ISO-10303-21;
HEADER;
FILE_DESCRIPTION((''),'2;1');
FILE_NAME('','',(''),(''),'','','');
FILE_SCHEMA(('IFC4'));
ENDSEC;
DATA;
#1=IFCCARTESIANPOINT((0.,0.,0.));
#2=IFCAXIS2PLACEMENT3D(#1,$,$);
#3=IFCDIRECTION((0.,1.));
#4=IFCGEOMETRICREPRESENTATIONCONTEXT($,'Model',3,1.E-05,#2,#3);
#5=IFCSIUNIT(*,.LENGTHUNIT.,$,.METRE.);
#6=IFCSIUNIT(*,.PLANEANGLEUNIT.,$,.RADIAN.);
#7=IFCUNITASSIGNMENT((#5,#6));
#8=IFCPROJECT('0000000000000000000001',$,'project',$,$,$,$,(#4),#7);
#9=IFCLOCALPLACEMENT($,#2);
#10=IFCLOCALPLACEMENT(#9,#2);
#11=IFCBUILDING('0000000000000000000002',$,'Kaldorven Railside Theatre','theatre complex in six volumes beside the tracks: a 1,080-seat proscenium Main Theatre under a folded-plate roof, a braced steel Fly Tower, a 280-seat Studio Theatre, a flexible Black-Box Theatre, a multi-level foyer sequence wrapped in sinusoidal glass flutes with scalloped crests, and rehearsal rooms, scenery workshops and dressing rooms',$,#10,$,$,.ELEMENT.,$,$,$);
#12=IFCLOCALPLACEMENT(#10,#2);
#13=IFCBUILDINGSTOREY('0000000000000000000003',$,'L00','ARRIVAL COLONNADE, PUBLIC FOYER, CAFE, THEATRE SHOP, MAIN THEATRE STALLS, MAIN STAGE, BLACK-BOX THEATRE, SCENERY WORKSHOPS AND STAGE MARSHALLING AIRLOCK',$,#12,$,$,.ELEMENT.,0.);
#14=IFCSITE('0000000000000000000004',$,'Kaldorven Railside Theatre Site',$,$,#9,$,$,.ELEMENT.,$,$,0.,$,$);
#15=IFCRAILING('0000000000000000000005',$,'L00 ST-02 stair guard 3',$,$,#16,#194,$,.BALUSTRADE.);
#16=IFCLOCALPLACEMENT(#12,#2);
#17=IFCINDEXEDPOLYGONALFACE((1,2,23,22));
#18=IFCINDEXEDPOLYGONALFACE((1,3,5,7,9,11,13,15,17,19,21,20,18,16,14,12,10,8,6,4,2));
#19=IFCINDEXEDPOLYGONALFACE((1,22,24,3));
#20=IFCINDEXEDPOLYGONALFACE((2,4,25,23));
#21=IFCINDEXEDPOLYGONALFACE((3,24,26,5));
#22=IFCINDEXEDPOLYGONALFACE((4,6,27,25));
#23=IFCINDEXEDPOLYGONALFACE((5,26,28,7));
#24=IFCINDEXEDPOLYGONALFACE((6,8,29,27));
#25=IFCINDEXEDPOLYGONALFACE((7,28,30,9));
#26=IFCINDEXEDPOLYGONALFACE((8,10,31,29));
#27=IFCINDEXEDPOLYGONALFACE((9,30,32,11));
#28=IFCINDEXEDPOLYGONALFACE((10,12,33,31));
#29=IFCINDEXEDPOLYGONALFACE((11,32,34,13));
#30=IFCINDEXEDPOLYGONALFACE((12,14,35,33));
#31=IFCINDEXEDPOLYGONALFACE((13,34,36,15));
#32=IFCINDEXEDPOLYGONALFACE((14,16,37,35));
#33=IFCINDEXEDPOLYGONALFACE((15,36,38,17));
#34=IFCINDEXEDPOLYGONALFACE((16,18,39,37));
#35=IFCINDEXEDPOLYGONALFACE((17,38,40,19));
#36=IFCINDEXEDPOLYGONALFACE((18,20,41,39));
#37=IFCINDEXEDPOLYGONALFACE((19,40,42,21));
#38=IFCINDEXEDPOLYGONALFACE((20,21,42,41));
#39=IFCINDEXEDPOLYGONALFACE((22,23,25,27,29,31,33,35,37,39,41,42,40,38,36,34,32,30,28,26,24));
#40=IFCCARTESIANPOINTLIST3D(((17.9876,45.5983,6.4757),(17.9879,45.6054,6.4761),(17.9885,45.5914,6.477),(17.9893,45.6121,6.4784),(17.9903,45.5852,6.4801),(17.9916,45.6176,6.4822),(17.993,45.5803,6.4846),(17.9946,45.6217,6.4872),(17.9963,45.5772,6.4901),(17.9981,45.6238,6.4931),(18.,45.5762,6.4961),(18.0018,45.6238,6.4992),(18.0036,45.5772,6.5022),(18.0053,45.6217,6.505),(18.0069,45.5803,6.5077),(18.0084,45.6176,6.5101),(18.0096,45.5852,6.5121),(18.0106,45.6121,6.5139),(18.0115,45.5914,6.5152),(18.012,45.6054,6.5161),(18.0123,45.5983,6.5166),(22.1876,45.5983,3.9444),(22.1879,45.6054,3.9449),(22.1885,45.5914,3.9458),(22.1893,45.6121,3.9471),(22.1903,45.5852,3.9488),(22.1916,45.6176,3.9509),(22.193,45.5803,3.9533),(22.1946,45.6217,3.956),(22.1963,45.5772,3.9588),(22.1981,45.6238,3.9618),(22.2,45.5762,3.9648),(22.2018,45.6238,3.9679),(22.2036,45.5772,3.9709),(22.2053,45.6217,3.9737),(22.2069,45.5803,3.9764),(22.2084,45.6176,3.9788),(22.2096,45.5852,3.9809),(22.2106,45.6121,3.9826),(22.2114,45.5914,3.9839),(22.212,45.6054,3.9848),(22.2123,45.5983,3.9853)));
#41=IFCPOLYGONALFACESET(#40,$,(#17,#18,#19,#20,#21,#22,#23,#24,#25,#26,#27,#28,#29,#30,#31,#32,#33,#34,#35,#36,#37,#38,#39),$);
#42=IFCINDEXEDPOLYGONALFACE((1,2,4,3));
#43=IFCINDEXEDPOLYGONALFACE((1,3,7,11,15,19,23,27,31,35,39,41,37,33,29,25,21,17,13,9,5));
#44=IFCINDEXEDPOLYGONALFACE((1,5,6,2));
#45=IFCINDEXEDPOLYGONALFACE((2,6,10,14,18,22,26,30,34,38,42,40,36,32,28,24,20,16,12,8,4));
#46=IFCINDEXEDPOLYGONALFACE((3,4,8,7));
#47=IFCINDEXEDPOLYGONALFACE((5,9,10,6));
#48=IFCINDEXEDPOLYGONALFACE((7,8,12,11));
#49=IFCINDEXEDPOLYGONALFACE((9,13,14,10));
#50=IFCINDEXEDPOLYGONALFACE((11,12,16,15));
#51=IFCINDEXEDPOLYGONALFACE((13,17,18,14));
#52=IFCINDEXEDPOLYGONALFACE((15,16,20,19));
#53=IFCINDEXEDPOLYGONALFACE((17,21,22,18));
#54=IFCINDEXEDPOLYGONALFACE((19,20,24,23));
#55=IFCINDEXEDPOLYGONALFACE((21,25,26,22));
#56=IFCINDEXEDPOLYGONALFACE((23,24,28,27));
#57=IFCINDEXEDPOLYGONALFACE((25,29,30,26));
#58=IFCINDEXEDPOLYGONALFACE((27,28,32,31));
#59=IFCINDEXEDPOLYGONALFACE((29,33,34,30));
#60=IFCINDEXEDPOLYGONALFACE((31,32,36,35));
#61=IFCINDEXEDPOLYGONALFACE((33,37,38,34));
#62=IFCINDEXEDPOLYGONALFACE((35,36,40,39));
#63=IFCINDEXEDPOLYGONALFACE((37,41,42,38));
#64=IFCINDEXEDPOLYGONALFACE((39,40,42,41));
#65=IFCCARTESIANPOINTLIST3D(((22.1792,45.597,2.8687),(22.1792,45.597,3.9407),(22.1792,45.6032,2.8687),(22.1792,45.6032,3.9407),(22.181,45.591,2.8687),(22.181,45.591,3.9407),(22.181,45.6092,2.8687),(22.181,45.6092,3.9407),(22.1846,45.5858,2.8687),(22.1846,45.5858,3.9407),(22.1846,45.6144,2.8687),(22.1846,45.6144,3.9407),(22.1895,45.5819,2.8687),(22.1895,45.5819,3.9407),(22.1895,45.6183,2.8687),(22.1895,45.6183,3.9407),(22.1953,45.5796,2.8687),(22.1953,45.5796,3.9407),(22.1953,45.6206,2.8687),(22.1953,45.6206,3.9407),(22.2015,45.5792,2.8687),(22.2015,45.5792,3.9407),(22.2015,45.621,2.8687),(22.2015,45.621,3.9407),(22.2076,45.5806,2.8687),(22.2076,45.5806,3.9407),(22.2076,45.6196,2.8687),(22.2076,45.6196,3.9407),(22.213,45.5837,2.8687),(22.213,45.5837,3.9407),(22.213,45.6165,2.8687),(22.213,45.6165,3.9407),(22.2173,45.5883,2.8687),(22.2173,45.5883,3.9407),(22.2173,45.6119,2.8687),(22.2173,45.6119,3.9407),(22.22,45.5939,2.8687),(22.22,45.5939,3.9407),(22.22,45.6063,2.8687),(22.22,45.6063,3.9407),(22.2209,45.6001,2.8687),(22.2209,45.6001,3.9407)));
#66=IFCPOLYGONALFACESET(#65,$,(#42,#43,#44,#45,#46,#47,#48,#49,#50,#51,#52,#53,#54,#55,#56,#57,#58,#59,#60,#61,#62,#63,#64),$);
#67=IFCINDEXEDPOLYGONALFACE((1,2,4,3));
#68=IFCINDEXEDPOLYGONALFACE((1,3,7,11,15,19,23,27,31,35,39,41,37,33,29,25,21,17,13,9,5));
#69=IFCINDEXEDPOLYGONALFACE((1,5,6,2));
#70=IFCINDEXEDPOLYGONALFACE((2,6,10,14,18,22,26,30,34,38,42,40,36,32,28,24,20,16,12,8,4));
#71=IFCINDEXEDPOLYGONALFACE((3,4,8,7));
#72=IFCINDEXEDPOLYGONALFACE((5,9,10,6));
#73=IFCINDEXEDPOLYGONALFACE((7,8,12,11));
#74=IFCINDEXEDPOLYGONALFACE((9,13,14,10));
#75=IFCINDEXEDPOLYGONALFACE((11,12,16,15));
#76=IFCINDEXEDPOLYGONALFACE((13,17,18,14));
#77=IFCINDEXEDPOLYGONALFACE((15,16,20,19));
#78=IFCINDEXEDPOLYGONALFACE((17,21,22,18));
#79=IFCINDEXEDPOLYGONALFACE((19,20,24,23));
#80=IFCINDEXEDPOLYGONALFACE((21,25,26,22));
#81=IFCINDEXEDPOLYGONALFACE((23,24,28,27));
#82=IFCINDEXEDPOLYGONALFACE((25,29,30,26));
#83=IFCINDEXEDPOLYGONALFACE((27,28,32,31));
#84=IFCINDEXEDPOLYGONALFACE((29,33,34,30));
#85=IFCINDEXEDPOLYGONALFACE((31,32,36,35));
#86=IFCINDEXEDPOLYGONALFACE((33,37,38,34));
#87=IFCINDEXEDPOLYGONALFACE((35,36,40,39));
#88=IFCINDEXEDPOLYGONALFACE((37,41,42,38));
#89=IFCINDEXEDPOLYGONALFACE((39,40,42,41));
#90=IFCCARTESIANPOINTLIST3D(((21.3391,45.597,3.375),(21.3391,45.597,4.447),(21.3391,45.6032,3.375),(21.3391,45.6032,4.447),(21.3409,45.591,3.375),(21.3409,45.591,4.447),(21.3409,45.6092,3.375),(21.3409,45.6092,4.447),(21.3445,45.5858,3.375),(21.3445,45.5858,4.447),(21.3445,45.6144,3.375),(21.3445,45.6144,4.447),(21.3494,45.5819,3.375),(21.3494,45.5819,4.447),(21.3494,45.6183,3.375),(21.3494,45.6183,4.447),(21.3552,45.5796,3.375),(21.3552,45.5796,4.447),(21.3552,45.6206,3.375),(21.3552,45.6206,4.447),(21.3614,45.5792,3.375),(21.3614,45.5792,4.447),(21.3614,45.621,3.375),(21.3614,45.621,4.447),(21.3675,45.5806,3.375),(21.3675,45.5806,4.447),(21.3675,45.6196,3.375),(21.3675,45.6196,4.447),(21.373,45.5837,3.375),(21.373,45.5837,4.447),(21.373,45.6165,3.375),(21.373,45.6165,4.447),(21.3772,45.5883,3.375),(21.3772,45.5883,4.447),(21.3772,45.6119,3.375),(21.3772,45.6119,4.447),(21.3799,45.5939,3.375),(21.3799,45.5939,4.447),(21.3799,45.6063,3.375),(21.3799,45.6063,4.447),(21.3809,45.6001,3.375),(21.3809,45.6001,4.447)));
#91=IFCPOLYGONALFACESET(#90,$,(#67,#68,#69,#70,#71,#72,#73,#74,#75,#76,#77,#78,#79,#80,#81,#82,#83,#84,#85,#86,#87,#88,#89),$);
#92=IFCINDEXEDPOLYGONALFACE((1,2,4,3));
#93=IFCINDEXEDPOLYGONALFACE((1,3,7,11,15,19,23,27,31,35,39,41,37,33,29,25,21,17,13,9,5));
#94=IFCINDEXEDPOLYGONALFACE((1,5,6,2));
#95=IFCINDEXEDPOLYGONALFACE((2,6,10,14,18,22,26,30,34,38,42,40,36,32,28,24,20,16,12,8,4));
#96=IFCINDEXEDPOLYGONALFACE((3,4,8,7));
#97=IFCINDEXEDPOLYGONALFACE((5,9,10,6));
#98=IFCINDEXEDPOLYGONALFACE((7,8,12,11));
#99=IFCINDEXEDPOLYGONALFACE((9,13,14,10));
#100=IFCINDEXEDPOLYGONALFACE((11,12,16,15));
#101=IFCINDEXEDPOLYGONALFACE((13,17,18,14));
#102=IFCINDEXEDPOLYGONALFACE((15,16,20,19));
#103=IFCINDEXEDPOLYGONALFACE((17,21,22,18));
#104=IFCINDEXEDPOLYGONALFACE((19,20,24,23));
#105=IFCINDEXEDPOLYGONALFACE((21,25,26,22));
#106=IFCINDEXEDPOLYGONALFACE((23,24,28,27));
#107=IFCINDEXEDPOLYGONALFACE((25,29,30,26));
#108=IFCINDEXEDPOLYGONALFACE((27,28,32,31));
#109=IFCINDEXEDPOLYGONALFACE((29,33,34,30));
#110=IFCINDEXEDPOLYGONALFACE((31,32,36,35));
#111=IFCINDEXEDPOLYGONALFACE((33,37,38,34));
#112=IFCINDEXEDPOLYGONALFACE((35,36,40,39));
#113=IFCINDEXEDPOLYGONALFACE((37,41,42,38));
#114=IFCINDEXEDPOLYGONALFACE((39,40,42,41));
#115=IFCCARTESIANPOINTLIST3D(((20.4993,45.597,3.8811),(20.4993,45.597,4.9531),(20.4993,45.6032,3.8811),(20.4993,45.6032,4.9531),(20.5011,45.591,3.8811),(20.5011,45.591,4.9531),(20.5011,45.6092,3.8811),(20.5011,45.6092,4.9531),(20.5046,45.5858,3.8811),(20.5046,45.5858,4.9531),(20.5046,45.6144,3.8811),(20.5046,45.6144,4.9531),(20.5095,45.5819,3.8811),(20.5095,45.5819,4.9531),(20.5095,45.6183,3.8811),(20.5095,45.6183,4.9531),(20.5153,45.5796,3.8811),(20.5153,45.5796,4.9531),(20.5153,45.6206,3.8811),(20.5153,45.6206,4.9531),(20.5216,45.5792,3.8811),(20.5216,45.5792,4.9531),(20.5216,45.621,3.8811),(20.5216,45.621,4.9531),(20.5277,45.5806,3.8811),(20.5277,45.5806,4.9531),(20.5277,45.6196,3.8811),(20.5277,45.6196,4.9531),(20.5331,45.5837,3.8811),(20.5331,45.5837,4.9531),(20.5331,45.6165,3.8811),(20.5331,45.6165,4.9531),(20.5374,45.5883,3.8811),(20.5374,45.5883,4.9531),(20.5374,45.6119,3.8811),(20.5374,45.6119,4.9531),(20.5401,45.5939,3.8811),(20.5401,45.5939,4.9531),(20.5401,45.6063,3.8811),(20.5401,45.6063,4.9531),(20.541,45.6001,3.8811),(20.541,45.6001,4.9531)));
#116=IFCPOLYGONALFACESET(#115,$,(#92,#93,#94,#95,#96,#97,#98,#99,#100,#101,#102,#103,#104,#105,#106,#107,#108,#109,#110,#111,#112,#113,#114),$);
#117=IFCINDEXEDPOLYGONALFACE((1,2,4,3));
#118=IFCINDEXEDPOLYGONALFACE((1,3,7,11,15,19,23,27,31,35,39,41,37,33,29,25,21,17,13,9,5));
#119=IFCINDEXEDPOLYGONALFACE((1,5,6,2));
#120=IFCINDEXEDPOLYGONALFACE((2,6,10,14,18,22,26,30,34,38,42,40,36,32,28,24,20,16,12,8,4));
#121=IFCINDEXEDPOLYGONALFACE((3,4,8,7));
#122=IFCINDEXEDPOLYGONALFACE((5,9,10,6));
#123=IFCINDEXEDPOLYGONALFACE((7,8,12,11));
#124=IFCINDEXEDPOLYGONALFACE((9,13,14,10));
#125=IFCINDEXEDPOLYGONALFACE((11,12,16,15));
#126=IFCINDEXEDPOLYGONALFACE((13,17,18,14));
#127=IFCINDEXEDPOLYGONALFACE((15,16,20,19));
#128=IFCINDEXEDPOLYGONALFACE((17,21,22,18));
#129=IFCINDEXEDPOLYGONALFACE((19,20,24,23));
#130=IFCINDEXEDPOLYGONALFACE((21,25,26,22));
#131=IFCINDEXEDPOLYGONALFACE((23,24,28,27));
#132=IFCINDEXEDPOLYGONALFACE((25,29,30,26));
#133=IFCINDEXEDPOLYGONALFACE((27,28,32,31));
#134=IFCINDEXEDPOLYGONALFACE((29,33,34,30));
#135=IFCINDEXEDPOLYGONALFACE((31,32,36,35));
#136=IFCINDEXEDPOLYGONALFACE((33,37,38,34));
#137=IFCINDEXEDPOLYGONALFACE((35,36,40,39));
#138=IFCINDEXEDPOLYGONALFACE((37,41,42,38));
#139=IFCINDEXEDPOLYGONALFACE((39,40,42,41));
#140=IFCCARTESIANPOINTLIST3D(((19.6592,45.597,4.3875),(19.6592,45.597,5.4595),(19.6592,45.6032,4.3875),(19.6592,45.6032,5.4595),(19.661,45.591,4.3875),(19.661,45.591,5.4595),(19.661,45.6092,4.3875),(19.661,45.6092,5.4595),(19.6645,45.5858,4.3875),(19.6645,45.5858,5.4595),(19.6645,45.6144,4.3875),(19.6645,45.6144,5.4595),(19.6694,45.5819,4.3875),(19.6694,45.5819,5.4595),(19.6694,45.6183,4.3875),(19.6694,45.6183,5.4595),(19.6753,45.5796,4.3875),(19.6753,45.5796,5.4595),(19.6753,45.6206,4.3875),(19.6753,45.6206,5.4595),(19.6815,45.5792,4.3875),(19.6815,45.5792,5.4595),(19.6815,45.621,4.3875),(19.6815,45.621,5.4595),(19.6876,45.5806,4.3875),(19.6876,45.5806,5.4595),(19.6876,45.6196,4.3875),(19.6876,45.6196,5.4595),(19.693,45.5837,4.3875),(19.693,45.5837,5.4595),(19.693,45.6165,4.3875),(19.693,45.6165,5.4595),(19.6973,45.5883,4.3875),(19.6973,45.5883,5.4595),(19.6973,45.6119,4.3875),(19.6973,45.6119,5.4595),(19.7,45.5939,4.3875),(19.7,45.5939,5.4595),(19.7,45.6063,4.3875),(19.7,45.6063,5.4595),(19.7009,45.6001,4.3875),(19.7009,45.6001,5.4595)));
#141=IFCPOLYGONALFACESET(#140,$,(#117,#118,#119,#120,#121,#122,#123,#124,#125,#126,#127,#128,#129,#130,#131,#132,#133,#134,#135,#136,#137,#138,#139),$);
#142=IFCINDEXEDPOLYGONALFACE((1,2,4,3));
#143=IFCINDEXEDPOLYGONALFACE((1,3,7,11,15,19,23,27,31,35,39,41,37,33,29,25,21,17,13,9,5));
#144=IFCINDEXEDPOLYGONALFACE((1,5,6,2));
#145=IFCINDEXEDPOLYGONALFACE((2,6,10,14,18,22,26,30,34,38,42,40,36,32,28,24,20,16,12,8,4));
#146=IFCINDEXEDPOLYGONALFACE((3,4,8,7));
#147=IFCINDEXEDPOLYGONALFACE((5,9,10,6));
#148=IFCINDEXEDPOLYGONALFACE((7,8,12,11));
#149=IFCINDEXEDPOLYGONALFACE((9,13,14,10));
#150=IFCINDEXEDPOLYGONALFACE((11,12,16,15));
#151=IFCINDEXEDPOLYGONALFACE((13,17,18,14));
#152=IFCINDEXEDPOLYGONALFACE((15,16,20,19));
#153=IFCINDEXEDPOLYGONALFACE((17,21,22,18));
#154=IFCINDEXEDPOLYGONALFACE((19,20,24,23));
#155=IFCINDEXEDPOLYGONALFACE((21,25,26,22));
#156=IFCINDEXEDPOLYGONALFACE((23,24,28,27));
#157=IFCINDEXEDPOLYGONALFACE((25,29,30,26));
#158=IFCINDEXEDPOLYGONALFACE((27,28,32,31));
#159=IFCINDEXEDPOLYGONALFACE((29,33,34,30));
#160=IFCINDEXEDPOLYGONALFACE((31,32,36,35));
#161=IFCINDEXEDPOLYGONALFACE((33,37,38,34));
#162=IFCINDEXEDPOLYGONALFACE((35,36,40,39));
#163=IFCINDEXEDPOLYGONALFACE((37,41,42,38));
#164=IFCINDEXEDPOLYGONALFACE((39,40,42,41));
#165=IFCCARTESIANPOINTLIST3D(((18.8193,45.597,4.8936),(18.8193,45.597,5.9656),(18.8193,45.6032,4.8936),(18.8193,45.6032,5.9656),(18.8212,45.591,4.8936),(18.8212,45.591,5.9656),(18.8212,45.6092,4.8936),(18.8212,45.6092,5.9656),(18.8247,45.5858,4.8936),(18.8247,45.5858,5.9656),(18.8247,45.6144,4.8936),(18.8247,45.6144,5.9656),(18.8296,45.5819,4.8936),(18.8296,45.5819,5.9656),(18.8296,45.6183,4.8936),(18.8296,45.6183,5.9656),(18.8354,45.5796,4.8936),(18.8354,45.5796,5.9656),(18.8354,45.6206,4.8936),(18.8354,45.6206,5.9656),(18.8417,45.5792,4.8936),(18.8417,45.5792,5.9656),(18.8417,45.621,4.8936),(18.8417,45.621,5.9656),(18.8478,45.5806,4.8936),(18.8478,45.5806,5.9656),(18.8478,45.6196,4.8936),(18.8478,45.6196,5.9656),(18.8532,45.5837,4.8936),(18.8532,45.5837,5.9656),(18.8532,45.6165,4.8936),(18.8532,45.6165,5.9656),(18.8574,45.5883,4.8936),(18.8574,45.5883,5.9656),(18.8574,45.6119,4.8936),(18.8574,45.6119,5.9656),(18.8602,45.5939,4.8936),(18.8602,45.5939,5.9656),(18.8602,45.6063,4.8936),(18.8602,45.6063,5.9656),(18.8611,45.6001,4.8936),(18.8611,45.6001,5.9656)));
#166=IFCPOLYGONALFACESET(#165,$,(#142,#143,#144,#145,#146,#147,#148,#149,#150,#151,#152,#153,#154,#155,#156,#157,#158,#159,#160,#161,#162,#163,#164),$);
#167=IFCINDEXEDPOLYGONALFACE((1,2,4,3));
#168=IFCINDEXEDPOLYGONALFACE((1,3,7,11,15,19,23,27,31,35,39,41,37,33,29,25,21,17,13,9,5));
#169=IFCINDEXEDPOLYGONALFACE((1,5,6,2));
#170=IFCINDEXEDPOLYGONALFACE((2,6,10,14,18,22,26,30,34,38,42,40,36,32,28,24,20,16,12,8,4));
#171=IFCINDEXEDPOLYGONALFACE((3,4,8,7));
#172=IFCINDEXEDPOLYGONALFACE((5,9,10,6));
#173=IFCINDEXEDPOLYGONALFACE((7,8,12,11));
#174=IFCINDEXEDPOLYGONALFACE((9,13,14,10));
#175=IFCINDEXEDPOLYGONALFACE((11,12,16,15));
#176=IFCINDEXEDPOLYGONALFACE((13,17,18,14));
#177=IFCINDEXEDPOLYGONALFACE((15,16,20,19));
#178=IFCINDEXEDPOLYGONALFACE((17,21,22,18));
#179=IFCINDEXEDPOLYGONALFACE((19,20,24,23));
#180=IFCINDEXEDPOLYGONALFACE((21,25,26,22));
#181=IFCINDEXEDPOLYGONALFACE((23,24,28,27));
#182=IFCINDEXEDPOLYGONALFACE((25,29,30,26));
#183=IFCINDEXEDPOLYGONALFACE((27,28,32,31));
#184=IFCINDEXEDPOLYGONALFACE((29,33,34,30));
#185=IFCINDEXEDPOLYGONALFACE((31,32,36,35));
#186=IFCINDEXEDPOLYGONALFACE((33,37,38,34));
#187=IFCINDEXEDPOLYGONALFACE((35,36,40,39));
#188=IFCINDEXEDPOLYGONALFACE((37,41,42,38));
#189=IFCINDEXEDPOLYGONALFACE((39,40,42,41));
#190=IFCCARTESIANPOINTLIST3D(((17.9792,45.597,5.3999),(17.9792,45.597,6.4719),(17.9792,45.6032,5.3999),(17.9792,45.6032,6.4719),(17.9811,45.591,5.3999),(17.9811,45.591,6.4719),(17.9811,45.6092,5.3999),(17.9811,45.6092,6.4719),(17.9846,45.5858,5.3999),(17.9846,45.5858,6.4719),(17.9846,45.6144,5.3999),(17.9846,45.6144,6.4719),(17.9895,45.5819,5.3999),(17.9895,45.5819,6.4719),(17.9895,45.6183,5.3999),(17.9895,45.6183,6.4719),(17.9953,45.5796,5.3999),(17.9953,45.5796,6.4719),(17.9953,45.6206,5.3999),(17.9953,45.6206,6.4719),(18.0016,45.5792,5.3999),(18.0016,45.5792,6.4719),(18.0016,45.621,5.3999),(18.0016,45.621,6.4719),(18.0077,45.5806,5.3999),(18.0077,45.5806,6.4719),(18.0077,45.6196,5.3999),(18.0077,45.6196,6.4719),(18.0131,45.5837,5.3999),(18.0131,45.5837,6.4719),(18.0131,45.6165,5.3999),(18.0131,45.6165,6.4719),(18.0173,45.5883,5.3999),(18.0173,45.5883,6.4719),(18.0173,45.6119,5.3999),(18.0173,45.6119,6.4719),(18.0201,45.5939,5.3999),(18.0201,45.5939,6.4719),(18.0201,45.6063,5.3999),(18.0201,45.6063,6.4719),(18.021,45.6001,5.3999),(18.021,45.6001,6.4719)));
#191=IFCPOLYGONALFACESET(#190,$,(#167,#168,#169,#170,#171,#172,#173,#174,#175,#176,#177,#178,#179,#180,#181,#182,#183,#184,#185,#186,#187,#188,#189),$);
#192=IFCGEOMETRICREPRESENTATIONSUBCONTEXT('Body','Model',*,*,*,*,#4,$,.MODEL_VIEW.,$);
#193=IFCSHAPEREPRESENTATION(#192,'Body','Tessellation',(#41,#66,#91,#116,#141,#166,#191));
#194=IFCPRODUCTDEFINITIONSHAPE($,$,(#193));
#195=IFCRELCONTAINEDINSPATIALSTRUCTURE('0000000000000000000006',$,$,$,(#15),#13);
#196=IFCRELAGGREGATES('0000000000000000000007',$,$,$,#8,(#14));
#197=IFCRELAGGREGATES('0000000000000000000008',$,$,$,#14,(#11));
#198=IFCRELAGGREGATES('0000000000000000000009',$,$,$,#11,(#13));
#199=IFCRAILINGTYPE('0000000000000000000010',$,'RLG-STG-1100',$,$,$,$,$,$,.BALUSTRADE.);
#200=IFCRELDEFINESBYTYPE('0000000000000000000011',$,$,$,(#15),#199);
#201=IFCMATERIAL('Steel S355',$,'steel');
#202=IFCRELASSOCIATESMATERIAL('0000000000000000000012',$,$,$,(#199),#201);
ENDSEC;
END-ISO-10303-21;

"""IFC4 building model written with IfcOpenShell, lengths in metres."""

from ifc_helpers import new_model, si_unit, direction, frame, origin, origin_2d, place, context, subcontext, project, spatial, circle, extrude, material, type_object, element, save


model = new_model("IFC4")

# Units and contexts
model_context = context("Model", 3, precision=1e-05, world=origin(), true_north=direction((0.0, 1.0)))
body_context = subcontext(model_context, "Body", "Model", "MODEL_VIEW")
ifc_project = project(units=[si_unit("LENGTHUNIT", "METRE"), si_unit("PLANEANGLEUNIT", "RADIAN")], contexts=[model_context])

# Site, building, storey
site_placement = place(None, origin())
site = spatial("IfcSite", under=ifc_project, at=site_placement, Name="Kaldorven Railside Theatre Site", CompositionType="ELEMENT", RefElevation=0.0)
building_placement = place(site_placement, origin())
building = spatial("IfcBuilding", under=site, at=building_placement, Name="Kaldorven Railside Theatre", Description="theatre complex in six volumes beside the tracks: a 1,080-seat proscenium Main Theatre under a folded-plate roof, a braced steel Fly Tower, a 280-seat Studio Theatre, a flexible Black-Box Theatre, a multi-level foyer sequence wrapped in sinusoidal glass flutes with scalloped crests, and rehearsal rooms, scenery workshops and dressing rooms", CompositionType="ELEMENT")
storey_placement = place(building_placement, origin())
storey = spatial("IfcBuildingStorey", under=building, at=storey_placement, Name="L00", Description="ARRIVAL COLONNADE, PUBLIC FOYER, CAFE, THEATRE SHOP, MAIN THEATRE STALLS, MAIN STAGE, BLACK-BOX THEATRE, SCENERY WORKSHOPS AND STAGE MARSHALLING AIRLOCK", CompositionType="ELEMENT", Elevation=0.0)

# Shared definitions
ifc_material_1 = material(Name="Steel S355", Category="steel")

# Railing
railing_type_1 = type_object("IfcRailingType", Name="RLG-STG-1100", PredefinedType="BALUSTRADE", material=ifc_material_1)
railing_1_placement = place(storey_placement, frame((22.2, 45.6001, 2.8687)))
element("IfcRailing", 1, at=railing_1_placement, inside=storey, type_object=railing_type_1, Name="L00 ST-02 stair guard 3", PredefinedType="BALUSTRADE", context=body_context, shape_type="SweptSolid", body=[
    extrude(circle(Radius=0.0239, at=origin_2d()), frame((0.0, 0.0, 1.0962), z_axis=(-0.856476, 0.0, 0.516186), x_axis=(0.0, -1.0, 0.0)), (0.0, 0.0, 1.0), 4.9038),
    extrude(circle(Radius=0.021, at=origin_2d()), origin(), (0.0, 0.0, 1.0), 1.072),
    extrude(circle(Radius=0.021, at=origin_2d()), frame((-0.8401, 0.0, 0.5063)), (0.0, 0.0, 1.0), 1.072),
    extrude(circle(Radius=0.021, at=origin_2d()), frame((-1.6799, 0.0, 1.0125)), (0.0, 0.0, 1.0), 1.072),
    extrude(circle(Radius=0.021, at=origin_2d()), frame((-2.52, 0.0, 1.5188)), (0.0, 0.0, 1.0), 1.072),
    extrude(circle(Radius=0.021, at=origin_2d()), frame((-3.3599, 0.0, 2.0249)), (0.0, 0.0, 1.0), 1.072),
    extrude(circle(Radius=0.021, at=origin_2d()), frame((-4.2, 0.0, 2.5312)), (0.0, 0.0, 1.0), 1.072),
])

save(model, "model.ifc")
